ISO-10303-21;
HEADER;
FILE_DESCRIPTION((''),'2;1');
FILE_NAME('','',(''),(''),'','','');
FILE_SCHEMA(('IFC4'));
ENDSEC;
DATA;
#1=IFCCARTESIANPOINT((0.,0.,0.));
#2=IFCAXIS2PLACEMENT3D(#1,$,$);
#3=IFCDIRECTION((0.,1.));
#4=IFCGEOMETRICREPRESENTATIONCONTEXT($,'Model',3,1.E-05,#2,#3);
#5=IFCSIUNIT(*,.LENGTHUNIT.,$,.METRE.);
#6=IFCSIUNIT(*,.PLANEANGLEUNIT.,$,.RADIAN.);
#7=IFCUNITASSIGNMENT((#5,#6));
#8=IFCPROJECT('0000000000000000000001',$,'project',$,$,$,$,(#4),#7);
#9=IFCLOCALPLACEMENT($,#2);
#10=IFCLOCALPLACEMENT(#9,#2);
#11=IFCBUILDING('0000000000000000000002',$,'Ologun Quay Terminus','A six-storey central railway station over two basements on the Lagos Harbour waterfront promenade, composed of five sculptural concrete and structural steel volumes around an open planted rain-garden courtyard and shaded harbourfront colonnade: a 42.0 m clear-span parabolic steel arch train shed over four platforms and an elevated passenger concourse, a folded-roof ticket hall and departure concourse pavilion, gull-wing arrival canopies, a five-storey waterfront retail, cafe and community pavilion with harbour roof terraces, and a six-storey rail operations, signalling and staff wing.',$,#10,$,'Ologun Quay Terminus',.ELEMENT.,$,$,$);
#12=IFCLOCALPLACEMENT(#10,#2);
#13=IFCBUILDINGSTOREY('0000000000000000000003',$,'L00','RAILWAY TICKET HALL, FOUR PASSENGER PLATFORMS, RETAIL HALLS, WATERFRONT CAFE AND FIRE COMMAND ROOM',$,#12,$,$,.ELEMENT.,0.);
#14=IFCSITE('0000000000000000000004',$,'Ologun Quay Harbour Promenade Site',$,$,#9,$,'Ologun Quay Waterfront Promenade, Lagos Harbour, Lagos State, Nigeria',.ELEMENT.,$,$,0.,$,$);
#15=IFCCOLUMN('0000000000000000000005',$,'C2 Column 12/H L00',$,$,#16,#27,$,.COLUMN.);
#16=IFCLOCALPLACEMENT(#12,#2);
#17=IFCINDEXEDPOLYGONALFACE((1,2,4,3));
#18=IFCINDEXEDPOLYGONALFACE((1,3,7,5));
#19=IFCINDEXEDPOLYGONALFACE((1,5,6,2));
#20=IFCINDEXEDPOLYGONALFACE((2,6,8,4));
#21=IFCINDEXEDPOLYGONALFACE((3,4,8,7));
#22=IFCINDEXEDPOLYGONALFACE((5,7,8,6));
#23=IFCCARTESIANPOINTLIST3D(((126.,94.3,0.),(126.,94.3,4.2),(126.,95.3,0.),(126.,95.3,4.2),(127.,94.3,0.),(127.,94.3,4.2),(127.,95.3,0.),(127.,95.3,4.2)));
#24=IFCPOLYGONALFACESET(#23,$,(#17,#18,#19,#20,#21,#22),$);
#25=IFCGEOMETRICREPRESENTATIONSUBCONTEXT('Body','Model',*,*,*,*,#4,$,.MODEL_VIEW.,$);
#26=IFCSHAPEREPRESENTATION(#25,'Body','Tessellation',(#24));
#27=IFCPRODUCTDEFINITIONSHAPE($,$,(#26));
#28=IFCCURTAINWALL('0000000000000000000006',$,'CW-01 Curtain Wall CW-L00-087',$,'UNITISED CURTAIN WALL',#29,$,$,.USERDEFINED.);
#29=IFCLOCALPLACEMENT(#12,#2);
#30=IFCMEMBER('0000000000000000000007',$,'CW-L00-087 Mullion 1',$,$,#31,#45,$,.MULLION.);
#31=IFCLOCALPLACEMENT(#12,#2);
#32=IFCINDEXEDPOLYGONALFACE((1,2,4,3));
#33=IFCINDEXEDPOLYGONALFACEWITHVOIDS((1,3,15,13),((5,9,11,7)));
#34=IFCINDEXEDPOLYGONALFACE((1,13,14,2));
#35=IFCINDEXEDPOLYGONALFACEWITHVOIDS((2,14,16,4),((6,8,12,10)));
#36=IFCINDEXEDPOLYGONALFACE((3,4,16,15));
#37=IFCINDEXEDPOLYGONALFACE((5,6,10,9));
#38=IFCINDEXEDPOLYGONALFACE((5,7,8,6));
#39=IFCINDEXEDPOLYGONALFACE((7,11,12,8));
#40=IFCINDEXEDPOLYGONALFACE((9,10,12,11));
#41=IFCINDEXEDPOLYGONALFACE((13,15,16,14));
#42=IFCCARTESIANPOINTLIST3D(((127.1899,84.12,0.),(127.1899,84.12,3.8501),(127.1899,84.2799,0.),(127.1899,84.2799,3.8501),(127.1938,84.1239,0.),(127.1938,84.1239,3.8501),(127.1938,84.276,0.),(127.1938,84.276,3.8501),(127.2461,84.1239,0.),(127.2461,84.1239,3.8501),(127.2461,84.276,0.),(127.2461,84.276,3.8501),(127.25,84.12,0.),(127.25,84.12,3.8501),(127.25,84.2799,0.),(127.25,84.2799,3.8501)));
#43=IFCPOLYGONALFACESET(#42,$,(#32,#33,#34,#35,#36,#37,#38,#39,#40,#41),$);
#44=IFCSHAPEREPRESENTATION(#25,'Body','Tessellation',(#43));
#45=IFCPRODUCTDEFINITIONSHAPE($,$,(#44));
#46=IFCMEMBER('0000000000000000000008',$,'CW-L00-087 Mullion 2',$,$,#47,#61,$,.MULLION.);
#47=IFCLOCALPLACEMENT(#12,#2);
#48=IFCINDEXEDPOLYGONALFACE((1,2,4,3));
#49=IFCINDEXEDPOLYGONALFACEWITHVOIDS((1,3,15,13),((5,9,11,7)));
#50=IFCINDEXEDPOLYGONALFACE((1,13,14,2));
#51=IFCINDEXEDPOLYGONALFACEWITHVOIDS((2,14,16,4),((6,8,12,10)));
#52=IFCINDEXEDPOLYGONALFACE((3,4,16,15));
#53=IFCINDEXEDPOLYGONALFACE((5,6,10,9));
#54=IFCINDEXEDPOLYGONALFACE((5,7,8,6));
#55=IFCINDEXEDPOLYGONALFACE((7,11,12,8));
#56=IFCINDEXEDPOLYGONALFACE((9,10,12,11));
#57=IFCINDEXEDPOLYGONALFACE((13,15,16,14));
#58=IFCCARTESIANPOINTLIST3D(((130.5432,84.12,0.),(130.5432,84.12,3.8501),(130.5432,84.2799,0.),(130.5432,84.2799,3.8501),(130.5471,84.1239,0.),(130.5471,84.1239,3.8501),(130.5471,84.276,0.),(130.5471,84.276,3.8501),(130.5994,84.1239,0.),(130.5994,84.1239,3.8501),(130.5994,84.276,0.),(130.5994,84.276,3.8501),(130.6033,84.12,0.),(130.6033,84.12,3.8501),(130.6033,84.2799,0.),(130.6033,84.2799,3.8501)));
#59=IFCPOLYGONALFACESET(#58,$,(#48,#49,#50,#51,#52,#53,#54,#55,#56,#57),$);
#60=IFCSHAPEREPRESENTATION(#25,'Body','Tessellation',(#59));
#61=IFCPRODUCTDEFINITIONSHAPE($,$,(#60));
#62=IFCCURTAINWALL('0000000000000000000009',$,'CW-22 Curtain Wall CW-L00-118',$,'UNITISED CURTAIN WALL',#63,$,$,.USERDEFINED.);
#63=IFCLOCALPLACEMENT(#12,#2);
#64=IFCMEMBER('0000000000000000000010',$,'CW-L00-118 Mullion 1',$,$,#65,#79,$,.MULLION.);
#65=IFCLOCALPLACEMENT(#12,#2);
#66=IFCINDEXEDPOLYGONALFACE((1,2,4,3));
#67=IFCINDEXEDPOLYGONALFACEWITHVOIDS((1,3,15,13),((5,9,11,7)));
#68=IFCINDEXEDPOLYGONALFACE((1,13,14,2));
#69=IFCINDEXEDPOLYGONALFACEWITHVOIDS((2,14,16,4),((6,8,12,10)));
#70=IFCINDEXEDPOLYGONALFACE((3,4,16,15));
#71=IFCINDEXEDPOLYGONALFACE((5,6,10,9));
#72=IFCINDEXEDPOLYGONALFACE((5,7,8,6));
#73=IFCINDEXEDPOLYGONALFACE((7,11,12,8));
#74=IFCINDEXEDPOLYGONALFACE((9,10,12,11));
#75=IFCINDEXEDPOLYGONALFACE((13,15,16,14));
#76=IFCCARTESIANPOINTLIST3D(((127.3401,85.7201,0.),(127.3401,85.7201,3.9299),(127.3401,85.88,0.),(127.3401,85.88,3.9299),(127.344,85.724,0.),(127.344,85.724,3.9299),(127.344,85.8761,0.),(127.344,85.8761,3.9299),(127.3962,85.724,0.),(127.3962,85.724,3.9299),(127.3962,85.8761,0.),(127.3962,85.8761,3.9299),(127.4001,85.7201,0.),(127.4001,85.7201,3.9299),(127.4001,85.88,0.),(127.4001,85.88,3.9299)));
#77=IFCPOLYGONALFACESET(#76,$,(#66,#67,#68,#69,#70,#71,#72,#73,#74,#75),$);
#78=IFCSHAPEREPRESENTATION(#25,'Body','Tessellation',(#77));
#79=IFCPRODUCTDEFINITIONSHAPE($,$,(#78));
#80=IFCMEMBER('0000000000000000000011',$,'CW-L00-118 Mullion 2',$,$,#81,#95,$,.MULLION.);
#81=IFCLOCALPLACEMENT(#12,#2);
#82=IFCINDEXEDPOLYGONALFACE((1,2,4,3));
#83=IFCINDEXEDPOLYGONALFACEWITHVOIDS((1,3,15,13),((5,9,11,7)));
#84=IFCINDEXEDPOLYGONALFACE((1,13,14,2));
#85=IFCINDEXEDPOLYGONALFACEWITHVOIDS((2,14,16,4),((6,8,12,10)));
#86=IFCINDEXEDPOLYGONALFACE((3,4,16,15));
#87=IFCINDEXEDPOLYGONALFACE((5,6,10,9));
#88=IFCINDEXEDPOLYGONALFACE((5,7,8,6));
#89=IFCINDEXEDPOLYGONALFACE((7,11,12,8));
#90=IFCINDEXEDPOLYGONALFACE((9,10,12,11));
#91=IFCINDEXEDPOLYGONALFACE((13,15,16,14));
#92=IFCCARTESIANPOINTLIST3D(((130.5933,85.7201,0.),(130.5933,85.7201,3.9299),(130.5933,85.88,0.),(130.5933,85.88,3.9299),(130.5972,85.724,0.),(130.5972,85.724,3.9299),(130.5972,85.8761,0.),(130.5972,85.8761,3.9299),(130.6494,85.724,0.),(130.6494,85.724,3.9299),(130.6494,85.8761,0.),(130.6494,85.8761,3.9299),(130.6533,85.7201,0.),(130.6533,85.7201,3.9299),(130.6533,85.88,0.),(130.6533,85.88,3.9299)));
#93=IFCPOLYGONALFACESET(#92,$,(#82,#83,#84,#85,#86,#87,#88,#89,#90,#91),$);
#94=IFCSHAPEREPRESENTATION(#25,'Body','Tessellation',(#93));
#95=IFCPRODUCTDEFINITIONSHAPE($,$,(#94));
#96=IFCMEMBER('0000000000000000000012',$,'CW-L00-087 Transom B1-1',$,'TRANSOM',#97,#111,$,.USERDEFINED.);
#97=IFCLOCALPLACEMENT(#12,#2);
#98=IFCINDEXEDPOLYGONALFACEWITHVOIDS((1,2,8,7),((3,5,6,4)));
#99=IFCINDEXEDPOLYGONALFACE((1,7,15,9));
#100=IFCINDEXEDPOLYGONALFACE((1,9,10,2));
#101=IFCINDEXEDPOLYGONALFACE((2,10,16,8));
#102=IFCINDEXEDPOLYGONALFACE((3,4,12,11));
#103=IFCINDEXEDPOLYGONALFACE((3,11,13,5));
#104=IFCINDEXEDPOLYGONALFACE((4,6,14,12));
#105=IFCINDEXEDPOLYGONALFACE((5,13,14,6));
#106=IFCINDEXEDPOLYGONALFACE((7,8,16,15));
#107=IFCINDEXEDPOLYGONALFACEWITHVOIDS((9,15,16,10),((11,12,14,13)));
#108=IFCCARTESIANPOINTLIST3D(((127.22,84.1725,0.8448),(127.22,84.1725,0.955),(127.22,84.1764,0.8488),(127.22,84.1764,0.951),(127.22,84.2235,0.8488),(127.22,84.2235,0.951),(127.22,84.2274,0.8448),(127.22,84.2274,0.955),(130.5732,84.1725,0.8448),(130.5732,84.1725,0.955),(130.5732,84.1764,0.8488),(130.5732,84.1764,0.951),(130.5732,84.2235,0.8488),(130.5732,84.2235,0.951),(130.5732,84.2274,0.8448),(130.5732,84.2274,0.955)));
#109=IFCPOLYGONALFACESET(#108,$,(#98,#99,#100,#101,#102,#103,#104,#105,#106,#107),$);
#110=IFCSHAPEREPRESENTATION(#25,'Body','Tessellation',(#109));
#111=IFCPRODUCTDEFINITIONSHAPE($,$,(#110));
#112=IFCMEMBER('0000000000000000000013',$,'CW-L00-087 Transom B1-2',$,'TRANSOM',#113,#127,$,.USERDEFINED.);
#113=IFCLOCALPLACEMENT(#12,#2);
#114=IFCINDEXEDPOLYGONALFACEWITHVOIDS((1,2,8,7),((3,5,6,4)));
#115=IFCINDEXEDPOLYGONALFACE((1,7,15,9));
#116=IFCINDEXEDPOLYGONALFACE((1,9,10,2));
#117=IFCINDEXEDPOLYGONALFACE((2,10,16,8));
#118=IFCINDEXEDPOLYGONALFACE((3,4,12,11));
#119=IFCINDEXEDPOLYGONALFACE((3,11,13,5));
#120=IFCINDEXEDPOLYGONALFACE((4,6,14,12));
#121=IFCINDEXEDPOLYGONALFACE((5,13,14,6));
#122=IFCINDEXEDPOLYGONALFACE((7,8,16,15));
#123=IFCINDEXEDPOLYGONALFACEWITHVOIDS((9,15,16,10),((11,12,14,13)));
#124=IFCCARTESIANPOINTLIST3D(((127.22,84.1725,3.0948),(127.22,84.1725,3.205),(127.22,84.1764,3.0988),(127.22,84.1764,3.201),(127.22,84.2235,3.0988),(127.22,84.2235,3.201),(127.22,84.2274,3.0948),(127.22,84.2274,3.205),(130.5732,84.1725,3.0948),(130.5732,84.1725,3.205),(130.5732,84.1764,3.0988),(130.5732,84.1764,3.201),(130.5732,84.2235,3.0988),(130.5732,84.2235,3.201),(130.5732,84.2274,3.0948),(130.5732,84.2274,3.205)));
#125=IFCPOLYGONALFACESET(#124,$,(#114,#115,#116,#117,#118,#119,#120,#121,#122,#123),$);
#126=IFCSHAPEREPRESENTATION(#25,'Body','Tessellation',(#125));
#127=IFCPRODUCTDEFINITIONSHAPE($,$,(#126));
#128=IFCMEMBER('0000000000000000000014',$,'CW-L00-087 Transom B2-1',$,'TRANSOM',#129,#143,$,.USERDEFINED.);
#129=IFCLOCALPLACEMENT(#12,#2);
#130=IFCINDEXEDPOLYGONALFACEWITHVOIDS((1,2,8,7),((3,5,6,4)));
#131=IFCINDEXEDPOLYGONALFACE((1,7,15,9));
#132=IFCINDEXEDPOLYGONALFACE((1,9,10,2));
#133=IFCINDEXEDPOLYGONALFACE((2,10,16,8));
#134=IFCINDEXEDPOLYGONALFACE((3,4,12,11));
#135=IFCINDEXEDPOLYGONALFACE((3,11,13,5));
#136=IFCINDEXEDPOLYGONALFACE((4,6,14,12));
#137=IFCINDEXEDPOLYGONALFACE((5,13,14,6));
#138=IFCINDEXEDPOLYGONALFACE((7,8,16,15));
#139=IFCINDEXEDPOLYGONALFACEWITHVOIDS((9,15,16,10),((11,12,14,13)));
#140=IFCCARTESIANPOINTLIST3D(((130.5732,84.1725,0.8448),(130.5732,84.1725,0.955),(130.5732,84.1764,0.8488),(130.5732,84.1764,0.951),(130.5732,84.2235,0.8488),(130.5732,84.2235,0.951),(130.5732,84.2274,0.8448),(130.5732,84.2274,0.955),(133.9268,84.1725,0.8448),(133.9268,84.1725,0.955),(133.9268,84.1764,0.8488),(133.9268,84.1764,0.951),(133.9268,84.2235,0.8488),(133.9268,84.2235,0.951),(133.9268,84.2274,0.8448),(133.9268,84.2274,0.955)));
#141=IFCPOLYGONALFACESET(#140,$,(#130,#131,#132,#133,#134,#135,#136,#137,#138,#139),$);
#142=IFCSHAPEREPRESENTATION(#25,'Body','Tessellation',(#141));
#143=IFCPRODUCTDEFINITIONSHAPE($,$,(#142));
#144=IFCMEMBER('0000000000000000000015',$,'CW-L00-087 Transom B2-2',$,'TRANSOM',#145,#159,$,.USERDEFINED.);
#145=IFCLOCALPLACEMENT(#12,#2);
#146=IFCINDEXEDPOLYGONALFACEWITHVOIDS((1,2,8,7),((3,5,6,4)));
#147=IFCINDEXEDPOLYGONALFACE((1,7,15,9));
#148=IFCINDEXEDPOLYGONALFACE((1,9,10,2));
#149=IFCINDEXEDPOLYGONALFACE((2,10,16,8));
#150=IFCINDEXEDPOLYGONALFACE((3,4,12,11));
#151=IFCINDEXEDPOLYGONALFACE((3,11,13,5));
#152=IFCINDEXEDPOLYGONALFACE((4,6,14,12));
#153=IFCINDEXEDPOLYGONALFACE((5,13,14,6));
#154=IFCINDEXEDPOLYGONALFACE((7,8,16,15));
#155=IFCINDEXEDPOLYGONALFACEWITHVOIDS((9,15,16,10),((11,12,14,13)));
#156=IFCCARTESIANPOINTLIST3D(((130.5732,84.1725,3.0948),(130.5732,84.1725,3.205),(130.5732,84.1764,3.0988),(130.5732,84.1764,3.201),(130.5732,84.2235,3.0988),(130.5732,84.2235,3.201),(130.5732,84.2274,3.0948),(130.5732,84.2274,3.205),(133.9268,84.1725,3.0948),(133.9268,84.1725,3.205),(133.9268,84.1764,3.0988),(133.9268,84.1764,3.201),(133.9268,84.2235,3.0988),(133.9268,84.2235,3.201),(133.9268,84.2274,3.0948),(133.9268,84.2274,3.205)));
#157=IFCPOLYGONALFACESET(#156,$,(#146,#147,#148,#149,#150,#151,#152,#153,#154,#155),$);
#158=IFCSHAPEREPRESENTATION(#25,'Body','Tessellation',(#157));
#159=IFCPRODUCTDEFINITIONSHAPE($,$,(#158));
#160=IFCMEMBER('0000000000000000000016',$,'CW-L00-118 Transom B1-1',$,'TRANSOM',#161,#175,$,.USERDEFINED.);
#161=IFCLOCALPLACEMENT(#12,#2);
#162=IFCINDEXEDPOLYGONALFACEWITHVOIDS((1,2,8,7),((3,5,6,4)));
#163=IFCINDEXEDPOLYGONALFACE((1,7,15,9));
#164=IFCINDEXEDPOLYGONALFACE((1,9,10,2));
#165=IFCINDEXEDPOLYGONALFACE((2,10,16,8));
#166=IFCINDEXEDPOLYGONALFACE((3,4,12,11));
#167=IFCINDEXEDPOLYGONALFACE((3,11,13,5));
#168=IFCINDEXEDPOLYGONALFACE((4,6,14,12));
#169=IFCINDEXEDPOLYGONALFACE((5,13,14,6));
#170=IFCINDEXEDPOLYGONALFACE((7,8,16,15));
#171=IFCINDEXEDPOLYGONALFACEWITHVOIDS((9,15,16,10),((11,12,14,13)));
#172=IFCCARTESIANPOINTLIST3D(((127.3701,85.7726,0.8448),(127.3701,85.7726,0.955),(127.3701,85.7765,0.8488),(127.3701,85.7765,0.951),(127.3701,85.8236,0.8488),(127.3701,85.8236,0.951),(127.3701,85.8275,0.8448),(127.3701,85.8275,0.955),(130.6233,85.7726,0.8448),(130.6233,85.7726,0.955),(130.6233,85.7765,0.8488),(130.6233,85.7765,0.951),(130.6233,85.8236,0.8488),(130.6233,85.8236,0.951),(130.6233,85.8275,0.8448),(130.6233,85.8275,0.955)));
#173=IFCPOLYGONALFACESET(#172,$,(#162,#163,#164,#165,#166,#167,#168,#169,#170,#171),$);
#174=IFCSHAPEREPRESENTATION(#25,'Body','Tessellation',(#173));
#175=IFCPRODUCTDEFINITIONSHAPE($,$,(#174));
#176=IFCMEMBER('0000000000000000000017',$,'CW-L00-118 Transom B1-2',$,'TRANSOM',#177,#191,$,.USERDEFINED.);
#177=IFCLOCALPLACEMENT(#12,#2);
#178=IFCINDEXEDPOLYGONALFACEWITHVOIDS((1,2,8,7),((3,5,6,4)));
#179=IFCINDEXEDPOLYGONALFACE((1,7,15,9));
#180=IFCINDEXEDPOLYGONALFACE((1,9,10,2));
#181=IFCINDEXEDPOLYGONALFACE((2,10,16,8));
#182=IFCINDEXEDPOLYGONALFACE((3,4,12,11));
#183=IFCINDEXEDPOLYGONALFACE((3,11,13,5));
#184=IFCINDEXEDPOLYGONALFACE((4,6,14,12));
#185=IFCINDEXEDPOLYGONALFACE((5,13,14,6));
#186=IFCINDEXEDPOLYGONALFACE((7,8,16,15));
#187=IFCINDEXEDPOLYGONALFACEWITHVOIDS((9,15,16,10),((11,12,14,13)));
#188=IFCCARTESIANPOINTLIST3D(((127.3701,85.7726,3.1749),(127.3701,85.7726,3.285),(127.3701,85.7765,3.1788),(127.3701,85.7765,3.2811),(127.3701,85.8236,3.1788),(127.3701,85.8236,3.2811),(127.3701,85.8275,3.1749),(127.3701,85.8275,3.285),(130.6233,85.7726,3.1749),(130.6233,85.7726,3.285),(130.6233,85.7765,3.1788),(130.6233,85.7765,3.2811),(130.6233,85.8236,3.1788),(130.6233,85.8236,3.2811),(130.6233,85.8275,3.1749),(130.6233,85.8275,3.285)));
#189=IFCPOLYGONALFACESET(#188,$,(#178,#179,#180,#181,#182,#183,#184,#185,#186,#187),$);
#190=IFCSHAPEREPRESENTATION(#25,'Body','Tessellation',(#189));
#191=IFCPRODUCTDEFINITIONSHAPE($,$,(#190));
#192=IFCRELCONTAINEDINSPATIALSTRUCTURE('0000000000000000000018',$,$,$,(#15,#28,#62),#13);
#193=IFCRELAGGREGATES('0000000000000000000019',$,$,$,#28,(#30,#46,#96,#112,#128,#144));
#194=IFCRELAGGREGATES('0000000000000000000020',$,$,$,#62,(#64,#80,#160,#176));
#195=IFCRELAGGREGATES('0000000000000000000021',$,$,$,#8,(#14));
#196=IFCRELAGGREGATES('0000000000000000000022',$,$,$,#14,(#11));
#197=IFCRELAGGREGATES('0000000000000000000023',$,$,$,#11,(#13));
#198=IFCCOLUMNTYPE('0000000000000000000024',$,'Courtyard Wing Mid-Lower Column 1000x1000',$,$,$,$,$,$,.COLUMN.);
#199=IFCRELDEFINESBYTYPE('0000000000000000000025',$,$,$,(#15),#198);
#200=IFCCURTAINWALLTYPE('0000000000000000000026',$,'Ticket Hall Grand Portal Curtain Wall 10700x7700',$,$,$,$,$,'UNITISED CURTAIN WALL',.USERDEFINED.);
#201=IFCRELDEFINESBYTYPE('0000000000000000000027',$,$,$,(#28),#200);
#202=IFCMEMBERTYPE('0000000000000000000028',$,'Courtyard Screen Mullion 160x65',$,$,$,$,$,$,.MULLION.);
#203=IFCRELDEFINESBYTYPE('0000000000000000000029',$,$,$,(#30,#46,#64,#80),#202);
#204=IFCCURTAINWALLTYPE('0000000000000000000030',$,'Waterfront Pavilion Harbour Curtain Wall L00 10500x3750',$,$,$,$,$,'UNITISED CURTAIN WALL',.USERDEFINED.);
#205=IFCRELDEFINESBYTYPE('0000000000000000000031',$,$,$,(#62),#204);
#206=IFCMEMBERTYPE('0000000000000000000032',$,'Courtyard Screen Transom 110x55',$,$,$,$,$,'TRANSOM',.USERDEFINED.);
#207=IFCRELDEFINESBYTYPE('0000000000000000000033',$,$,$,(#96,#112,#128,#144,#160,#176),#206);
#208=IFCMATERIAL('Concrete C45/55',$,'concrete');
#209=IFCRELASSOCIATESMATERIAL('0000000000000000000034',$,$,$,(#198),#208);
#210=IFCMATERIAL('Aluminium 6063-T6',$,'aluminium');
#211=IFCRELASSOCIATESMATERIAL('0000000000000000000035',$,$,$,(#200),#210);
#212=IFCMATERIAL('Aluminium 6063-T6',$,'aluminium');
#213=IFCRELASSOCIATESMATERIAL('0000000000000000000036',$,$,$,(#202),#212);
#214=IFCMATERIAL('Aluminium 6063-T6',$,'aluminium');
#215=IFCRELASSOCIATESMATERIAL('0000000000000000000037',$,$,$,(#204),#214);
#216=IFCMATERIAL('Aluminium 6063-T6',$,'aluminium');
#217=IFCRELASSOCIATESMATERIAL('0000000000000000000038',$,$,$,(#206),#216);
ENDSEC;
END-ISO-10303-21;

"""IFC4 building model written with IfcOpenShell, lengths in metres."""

from ifc_helpers import new_model, si_unit, direction, frame, origin, origin_2d, place, context, subcontext, project, spatial, rectangle, hollow_rectangle, extrude, material, material_profile, profile_set, type_object, element, aggregate, save


model = new_model("IFC4")

# Units and contexts
model_context = context("Model", 3, precision=1e-05, world=origin(), true_north=direction((0.0, 1.0)))
body_context = subcontext(model_context, "Body", "Model", "MODEL_VIEW")
ifc_project = project(units=[si_unit("LENGTHUNIT", "METRE"), si_unit("PLANEANGLEUNIT", "RADIAN")], contexts=[model_context])

# Site, building, storey
site_placement = place(None, origin())
site = spatial("IfcSite", under=ifc_project, at=site_placement, Name="Ologun Quay Harbour Promenade Site", LongName="Ologun Quay Waterfront Promenade, Lagos Harbour, Lagos State, Nigeria", CompositionType="ELEMENT", RefElevation=0.0)
building_placement = place(site_placement, origin())
building = spatial("IfcBuilding", under=site, at=building_placement, Name="Ologun Quay Terminus", Description="A six-storey central railway station over two basements on the Lagos Harbour waterfront promenade, composed of five sculptural concrete and structural steel volumes around an open planted rain-garden courtyard and shaded harbourfront colonnade: a 42.0 m clear-span parabolic steel arch train shed over four platforms and an elevated passenger concourse, a folded-roof ticket hall and departure concourse pavilion, gull-wing arrival canopies, a five-storey waterfront retail, cafe and community pavilion with harbour roof terraces, and a six-storey rail operations, signalling and staff wing.", LongName="Ologun Quay Terminus", CompositionType="ELEMENT")
storey_placement = place(building_placement, origin())
storey = spatial("IfcBuildingStorey", under=building, at=storey_placement, Name="L00", Description="RAILWAY TICKET HALL, FOUR PASSENGER PLATFORMS, RETAIL HALLS, WATERFRONT CAFE AND FIRE COMMAND ROOM", CompositionType="ELEMENT", Elevation=0.0)

# Column
ifc_material_1 = material(Name="Concrete C45/55", Category="concrete")
ifc_material_profile_1 = material_profile(ifc_material_1, rectangle(XDim=1.0, YDim=1.0, at=origin_2d()), Name="RC 1000x1000")
ifc_profile_set_1 = profile_set([ifc_material_profile_1], Name="Concrete C45/55")
column_type = type_object("IfcColumnType", Name="Courtyard Wing Mid-Lower Column 1000x1000", PredefinedType="COLUMN", material=ifc_profile_set_1)
column_placement = place(storey_placement, frame((126.5, 94.8, 0.0), z_axis=(0.0, 0.0, 1.0), x_axis=(1.0, 0.0, 0.0)))
element("IfcColumn", 1, at=column_placement, inside=storey, type_object=column_type, Name="C2 Column 12/H L00", PredefinedType="COLUMN", context=body_context, shape_type="SweptSolid", body=[
    extrude(rectangle(XDim=1.0, YDim=1.0, at=origin_2d()), origin(), (0.0, 0.0, 1.0), 4.2),
])

# Curtain walls, members
ifc_material_2 = material(Name="Aluminium 6063-T6", Category="aluminium")
curtain_wall_type_1 = type_object("IfcCurtainWallType", Name="Ticket Hall Grand Portal Curtain Wall 10700x7700", ElementType="UNITISED CURTAIN WALL", PredefinedType="USERDEFINED", material=ifc_material_2)
curtain_wall_1_placement = place(storey_placement, origin())
curtain_wall_1 = element("IfcCurtainWall", 2, at=curtain_wall_1_placement, inside=storey, type_object=curtain_wall_type_1, Name="CW-01 Curtain Wall CW-L00-087", ObjectType="UNITISED CURTAIN WALL", PredefinedType="USERDEFINED")
ifc_material_3 = material(Name="Aluminium 6063-T6", Category="aluminium")
ifc_material_profile_2 = material_profile(ifc_material_3, hollow_rectangle(XDim=0.0601, YDim=0.1599, WallThickness=0.0039, at=origin_2d()), Name="ALU 160x60x4")
ifc_profile_set_2 = profile_set([ifc_material_profile_2], Name="Aluminium 6063-T6")
member_type_1 = type_object("IfcMemberType", Name="Courtyard Screen Mullion 160x65", PredefinedType="MULLION", material=ifc_profile_set_2)
member_1_placement = place(storey_placement, frame((127.22, 84.2, 0.0), z_axis=(0.0, 0.0, 1.0), x_axis=(1.0, 0.0, 0.0)))
member_1 = element("IfcMember", 3, at=member_1_placement, type_object=member_type_1, Name="CW-L00-087 Mullion 1", PredefinedType="MULLION", context=body_context, shape_type="SweptSolid", body=[
    extrude(hollow_rectangle(XDim=0.0601, YDim=0.1599, WallThickness=0.0039, at=origin_2d()), origin(), (0.0, 0.0, 1.0), 3.8501),
])
member_2_placement = place(storey_placement, frame((130.5732, 84.2, 0.0), z_axis=(0.0, 0.0, 1.0), x_axis=(1.0, 0.0, 0.0)))
member_2 = element("IfcMember", 4, at=member_2_placement, type_object=member_type_1, Name="CW-L00-087 Mullion 2", PredefinedType="MULLION", context=body_context, shape_type="SweptSolid", body=[
    extrude(hollow_rectangle(XDim=0.0601, YDim=0.1599, WallThickness=0.0039, at=origin_2d()), origin(), (0.0, 0.0, 1.0), 3.8501),
])
ifc_material_4 = material(Name="Aluminium 6063-T6", Category="aluminium")
curtain_wall_type_2 = type_object("IfcCurtainWallType", Name="Waterfront Pavilion Harbour Curtain Wall L00 10500x3750", ElementType="UNITISED CURTAIN WALL", PredefinedType="USERDEFINED", material=ifc_material_4)
curtain_wall_2_placement = place(storey_placement, origin())
curtain_wall_2 = element("IfcCurtainWall", 5, at=curtain_wall_2_placement, inside=storey, type_object=curtain_wall_type_2, Name="CW-22 Curtain Wall CW-L00-118", ObjectType="UNITISED CURTAIN WALL", PredefinedType="USERDEFINED")
member_3_placement = place(storey_placement, frame((127.3701, 85.8, 0.0), z_axis=(0.0, 0.0, 1.0), x_axis=(1.0, 0.0, 0.0)))
member_3 = element("IfcMember", 6, at=member_3_placement, type_object=member_type_1, Name="CW-L00-118 Mullion 1", PredefinedType="MULLION", context=body_context, shape_type="SweptSolid", body=[
    extrude(hollow_rectangle(XDim=0.0601, YDim=0.1599, WallThickness=0.0039, at=origin_2d()), origin(), (0.0, 0.0, 1.0), 3.9299),
])
member_4_placement = place(storey_placement, frame((130.6233, 85.8, 0.0), z_axis=(0.0, 0.0, 1.0), x_axis=(1.0, 0.0, 0.0)))
member_4 = element("IfcMember", 7, at=member_4_placement, type_object=member_type_1, Name="CW-L00-118 Mullion 2", PredefinedType="MULLION", context=body_context, shape_type="SweptSolid", body=[
    extrude(hollow_rectangle(XDim=0.0601, YDim=0.1599, WallThickness=0.0039, at=origin_2d()), origin(), (0.0, 0.0, 1.0), 3.9299),
])

# Members
ifc_material_5 = material(Name="Aluminium 6063-T6", Category="aluminium")
ifc_material_profile_3 = material_profile(ifc_material_5, hollow_rectangle(XDim=0.0549, YDim=0.1101, WallThickness=0.0039, at=origin_2d()), Name="ALU 110x55x4")
ifc_profile_set_3 = profile_set([ifc_material_profile_3], Name="Aluminium 6063-T6")
member_type_2 = type_object("IfcMemberType", Name="Courtyard Screen Transom 110x55", ElementType="TRANSOM", PredefinedType="USERDEFINED", material=ifc_profile_set_3)
member_5_placement = place(storey_placement, frame((127.22, 84.2, 0.8999), z_axis=(1.0, 0.0, 0.0), x_axis=(0.0, 1.0, 0.0)))
member_5 = element("IfcMember", 8, at=member_5_placement, type_object=member_type_2, Name="CW-L00-087 Transom B1-1", ObjectType="TRANSOM", PredefinedType="USERDEFINED", context=body_context, shape_type="SweptSolid", body=[
    extrude(hollow_rectangle(XDim=0.0549, YDim=0.1101, WallThickness=0.0039, at=origin_2d()), origin(), (0.0, 0.0, 1.0), 3.3533),
])
member_6_placement = place(storey_placement, frame((127.22, 84.2, 3.1499), z_axis=(1.0, 0.0, 0.0), x_axis=(0.0, 1.0, 0.0)))
member_6 = element("IfcMember", 9, at=member_6_placement, type_object=member_type_2, Name="CW-L00-087 Transom B1-2", ObjectType="TRANSOM", PredefinedType="USERDEFINED", context=body_context, shape_type="SweptSolid", body=[
    extrude(hollow_rectangle(XDim=0.0549, YDim=0.1101, WallThickness=0.0039, at=origin_2d()), origin(), (0.0, 0.0, 1.0), 3.3533),
])
member_7_placement = place(storey_placement, frame((130.5732, 84.2, 0.8999), z_axis=(1.0, 0.0, 0.0), x_axis=(0.0, 1.0, 0.0)))
member_7 = element("IfcMember", 10, at=member_7_placement, type_object=member_type_2, Name="CW-L00-087 Transom B2-1", ObjectType="TRANSOM", PredefinedType="USERDEFINED", context=body_context, shape_type="SweptSolid", body=[
    extrude(hollow_rectangle(XDim=0.0549, YDim=0.1101, WallThickness=0.0039, at=origin_2d()), origin(), (0.0, 0.0, 1.0), 3.3535),
])
member_8_placement = place(storey_placement, frame((130.5732, 84.2, 3.1499), z_axis=(1.0, 0.0, 0.0), x_axis=(0.0, 1.0, 0.0)))
member_8 = element("IfcMember", 11, at=member_8_placement, type_object=member_type_2, Name="CW-L00-087 Transom B2-2", ObjectType="TRANSOM", PredefinedType="USERDEFINED", context=body_context, shape_type="SweptSolid", body=[
    extrude(hollow_rectangle(XDim=0.0549, YDim=0.1101, WallThickness=0.0039, at=origin_2d()), origin(), (0.0, 0.0, 1.0), 3.3535),
])
member_9_placement = place(storey_placement, frame((127.3701, 85.8, 0.8999), z_axis=(1.0, 0.0, 0.0), x_axis=(0.0, 1.0, 0.0)))
member_9 = element("IfcMember", 12, at=member_9_placement, type_object=member_type_2, Name="CW-L00-118 Transom B1-1", ObjectType="TRANSOM", PredefinedType="USERDEFINED", context=body_context, shape_type="SweptSolid", body=[
    extrude(hollow_rectangle(XDim=0.0549, YDim=0.1101, WallThickness=0.0039, at=origin_2d()), origin(), (0.0, 0.0, 1.0), 3.2532),
])
member_10_placement = place(storey_placement, frame((127.3701, 85.8, 3.23), z_axis=(1.0, 0.0, 0.0), x_axis=(0.0, 1.0, 0.0)))
member_10 = element("IfcMember", 13, at=member_10_placement, type_object=member_type_2, Name="CW-L00-118 Transom B1-2", ObjectType="TRANSOM", PredefinedType="USERDEFINED", context=body_context, shape_type="SweptSolid", body=[
    extrude(hollow_rectangle(XDim=0.0549, YDim=0.1101, WallThickness=0.0039, at=origin_2d()), origin(), (0.0, 0.0, 1.0), 3.2532),
])

aggregate(curtain_wall_1, [member_1, member_2, member_5, member_6, member_7, member_8])
aggregate(curtain_wall_2, [member_3, member_4, member_9, member_10])

save(model, "model.ifc")
